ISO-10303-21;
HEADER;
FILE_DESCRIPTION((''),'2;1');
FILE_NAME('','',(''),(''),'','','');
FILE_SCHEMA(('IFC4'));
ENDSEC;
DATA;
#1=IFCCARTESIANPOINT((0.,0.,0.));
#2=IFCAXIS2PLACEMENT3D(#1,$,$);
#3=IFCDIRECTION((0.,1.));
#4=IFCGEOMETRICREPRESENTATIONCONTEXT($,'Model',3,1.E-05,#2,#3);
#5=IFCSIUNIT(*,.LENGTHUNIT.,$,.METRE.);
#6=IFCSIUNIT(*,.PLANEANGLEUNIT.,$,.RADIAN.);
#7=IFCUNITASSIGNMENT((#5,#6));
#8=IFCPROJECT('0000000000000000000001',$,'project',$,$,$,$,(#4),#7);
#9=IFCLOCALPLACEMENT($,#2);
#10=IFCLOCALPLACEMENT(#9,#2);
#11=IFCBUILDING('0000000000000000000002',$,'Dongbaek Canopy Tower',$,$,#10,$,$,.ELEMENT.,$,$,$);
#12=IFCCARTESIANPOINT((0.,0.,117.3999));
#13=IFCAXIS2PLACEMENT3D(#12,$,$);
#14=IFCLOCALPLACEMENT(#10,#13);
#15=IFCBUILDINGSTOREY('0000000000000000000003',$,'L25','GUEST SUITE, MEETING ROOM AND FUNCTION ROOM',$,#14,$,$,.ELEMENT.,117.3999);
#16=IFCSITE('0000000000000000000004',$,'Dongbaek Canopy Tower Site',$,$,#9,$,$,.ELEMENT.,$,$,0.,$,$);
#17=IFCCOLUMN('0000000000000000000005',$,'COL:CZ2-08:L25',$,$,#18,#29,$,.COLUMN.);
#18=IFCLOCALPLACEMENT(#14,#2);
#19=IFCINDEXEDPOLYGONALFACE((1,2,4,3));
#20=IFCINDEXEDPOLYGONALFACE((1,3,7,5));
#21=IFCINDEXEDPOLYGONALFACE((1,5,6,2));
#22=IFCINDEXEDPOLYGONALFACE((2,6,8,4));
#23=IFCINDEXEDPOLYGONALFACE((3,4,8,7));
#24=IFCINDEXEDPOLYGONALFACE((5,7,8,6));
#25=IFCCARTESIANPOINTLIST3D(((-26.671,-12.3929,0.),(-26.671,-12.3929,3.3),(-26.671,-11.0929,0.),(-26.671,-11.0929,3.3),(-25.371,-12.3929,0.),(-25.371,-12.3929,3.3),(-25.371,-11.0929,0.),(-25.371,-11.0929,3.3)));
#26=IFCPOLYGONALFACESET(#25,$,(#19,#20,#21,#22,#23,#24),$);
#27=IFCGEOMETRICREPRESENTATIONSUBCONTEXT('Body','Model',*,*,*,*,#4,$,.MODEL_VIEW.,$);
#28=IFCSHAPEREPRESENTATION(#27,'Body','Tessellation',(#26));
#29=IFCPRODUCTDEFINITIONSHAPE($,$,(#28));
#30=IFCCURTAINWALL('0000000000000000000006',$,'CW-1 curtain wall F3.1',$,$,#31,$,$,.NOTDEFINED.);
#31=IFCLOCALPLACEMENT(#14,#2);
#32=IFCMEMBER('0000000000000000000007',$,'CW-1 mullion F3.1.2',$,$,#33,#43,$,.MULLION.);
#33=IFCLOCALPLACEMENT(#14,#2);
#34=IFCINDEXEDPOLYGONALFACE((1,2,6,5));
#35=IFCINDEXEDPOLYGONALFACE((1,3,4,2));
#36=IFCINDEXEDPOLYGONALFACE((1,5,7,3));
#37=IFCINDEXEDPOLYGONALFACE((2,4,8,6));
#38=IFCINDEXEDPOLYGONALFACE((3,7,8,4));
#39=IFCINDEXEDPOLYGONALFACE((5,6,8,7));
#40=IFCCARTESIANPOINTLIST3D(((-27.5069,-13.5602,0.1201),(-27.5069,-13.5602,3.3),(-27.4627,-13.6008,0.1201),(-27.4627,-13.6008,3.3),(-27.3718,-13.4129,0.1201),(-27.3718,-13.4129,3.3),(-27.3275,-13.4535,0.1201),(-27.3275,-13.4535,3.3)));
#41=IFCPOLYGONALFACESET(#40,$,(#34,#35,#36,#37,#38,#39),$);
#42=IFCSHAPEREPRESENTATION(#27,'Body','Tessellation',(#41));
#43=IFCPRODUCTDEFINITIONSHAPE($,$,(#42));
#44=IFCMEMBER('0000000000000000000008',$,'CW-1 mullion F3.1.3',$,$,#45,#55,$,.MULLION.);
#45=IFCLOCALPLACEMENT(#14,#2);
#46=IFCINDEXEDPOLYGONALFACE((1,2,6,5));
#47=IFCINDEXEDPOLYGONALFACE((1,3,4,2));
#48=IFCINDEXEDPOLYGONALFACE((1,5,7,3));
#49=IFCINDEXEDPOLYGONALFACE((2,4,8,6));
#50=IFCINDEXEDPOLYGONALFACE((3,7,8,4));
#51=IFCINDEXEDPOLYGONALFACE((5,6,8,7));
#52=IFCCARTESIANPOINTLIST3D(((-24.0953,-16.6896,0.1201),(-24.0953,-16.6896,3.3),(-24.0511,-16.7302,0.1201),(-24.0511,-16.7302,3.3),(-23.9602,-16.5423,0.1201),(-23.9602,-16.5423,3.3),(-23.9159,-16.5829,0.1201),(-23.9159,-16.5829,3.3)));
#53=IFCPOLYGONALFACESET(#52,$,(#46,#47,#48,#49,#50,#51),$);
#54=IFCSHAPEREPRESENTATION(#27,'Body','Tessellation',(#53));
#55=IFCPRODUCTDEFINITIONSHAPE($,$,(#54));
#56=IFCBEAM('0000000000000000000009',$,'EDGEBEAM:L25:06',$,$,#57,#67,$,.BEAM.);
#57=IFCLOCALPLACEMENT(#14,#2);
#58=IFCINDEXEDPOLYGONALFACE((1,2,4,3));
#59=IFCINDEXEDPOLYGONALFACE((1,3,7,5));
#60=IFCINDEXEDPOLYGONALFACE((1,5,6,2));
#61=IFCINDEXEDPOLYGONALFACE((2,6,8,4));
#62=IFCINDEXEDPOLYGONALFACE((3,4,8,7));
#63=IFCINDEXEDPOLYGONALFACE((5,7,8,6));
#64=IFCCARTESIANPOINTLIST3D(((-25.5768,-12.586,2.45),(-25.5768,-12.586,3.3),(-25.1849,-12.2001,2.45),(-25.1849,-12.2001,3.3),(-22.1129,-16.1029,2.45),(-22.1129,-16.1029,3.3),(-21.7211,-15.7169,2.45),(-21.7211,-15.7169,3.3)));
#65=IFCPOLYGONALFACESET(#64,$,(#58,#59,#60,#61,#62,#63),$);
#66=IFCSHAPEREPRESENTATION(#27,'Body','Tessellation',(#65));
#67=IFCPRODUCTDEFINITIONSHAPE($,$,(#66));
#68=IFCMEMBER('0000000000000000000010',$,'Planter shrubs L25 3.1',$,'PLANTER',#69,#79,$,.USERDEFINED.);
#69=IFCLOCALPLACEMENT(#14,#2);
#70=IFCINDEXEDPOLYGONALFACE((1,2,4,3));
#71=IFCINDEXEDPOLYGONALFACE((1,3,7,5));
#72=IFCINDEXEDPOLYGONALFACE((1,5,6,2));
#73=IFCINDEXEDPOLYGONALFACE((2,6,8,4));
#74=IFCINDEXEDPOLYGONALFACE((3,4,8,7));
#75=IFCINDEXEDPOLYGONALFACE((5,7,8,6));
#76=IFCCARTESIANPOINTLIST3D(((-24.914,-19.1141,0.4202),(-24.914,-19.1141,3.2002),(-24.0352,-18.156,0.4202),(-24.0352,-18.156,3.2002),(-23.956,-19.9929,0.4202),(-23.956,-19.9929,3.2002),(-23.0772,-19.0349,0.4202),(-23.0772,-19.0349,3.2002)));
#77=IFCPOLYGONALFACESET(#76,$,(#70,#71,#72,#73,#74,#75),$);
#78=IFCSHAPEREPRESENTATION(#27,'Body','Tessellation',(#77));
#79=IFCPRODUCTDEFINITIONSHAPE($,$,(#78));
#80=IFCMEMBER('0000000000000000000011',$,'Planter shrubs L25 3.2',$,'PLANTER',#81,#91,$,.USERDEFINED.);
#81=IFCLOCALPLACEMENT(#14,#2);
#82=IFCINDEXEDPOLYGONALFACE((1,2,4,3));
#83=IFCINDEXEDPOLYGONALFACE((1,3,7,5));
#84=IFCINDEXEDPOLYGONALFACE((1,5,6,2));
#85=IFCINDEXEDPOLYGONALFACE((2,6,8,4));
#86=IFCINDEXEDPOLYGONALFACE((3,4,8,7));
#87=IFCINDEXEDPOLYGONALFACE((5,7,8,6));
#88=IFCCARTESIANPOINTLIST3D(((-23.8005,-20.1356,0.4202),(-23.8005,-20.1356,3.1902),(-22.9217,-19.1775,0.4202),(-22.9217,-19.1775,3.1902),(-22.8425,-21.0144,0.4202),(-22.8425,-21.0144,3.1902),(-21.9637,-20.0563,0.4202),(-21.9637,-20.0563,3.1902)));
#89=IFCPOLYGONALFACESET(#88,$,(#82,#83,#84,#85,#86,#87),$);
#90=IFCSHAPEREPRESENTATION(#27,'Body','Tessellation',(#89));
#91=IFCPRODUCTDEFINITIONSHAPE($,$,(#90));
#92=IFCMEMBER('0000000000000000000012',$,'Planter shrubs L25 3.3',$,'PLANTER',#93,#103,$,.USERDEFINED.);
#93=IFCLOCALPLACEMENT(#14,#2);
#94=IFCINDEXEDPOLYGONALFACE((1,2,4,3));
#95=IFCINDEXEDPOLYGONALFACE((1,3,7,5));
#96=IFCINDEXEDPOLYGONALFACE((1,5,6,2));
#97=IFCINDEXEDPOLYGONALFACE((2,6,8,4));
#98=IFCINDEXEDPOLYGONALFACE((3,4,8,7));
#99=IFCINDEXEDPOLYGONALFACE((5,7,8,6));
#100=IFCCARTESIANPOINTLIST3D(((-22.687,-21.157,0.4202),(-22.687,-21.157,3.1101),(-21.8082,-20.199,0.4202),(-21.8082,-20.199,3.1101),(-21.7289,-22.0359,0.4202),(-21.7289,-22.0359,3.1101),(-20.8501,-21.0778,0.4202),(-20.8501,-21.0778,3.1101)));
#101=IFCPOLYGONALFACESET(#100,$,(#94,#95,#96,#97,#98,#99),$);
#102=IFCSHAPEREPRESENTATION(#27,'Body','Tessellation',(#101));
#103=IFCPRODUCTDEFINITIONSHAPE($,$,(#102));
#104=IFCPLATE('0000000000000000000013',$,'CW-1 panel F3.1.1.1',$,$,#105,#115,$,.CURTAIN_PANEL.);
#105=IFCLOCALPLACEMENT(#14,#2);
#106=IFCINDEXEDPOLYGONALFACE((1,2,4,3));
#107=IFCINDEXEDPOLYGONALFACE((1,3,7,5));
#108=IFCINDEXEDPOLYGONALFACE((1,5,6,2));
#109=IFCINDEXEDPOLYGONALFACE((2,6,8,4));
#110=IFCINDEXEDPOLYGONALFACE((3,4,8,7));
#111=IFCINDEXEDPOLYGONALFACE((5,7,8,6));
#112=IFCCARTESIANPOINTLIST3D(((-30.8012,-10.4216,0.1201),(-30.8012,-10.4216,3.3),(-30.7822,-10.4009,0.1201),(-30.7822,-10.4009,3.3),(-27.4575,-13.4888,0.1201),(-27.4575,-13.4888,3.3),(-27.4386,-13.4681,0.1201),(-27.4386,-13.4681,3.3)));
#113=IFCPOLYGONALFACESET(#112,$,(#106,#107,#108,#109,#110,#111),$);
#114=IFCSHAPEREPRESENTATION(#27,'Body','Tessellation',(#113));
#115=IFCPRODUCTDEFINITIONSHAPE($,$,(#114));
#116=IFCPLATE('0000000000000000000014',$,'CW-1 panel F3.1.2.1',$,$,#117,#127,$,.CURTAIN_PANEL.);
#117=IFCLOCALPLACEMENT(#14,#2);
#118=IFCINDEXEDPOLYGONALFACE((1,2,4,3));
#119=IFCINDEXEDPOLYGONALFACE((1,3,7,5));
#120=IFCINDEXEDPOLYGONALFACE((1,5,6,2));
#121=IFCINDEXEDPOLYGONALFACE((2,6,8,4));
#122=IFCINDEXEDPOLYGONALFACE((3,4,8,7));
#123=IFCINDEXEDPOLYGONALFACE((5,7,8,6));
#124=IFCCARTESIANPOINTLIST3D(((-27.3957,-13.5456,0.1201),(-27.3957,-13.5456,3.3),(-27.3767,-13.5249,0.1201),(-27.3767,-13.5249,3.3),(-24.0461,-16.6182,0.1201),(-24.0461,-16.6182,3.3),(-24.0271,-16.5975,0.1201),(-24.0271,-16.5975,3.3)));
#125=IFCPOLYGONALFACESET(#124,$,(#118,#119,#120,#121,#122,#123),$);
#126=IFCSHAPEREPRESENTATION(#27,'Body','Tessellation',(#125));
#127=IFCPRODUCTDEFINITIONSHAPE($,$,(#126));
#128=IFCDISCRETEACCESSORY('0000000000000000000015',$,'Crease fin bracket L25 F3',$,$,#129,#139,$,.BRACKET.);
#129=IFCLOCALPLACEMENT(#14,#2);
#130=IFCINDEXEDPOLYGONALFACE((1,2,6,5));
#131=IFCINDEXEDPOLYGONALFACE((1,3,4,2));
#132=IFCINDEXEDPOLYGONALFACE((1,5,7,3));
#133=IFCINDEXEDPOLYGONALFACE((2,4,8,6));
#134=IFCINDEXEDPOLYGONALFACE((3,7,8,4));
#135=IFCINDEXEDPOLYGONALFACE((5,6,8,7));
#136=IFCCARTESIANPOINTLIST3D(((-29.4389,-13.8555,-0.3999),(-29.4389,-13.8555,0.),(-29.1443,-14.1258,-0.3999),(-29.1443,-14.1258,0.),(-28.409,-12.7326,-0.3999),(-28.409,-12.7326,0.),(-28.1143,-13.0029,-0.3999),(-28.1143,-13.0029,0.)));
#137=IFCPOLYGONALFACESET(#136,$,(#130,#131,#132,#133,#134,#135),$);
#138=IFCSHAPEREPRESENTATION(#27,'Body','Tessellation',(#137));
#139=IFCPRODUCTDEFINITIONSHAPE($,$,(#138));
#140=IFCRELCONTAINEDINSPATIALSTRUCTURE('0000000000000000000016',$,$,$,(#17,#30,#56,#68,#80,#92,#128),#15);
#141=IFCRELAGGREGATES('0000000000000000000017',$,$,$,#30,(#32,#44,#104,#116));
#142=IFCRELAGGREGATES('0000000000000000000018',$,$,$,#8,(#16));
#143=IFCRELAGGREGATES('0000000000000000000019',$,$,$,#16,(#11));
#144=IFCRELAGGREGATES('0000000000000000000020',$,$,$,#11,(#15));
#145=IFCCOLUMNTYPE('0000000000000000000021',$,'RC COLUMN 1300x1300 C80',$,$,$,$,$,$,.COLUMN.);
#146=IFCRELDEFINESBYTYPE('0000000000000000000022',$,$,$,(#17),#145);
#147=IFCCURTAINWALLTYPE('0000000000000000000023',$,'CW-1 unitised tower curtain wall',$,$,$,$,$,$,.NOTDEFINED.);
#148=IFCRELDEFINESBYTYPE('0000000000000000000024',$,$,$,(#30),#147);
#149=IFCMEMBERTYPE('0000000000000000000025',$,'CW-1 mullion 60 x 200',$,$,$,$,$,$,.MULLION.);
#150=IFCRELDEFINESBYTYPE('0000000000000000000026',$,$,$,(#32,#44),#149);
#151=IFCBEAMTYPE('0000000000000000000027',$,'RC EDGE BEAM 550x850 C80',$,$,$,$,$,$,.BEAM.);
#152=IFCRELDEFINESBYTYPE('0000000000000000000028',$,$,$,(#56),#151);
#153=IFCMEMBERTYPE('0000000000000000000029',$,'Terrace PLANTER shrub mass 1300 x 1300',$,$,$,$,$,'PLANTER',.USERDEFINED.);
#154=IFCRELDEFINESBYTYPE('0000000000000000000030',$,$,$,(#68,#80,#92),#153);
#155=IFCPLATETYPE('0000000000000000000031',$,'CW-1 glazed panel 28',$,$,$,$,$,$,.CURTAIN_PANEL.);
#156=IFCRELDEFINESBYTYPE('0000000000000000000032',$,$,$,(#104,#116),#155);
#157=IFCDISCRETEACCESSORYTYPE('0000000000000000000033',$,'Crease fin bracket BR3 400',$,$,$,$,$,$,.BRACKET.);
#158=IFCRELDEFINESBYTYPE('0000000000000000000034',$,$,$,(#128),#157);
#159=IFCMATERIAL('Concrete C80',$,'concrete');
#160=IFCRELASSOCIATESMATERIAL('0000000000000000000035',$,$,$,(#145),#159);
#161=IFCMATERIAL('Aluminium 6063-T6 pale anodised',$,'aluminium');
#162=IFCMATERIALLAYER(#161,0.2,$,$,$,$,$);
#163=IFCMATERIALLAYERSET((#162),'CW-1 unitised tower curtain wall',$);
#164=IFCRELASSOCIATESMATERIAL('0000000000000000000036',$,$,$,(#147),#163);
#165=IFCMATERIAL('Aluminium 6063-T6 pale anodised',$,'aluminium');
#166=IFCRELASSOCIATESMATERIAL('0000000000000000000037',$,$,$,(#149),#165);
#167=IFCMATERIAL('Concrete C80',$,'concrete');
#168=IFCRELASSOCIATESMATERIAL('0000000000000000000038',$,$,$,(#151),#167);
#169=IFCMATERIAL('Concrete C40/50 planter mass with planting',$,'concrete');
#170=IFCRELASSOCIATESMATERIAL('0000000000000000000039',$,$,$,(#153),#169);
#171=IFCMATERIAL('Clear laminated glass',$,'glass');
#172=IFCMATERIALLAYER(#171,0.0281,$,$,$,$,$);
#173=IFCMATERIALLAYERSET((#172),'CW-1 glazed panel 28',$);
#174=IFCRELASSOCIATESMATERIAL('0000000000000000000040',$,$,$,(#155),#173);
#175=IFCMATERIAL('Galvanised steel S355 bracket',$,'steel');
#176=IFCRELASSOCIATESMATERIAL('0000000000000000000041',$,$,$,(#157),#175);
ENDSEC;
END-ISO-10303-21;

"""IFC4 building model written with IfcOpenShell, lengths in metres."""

from ifc_helpers import new_model, si_unit, direction, frame, origin, origin_2d, place, context, subcontext, project, spatial, rectangle, extrude, material, layer, layer_set, material_profile, profile_set, type_object, element, aggregate, save


model = new_model("IFC4")

# Units and contexts
model_context = context("Model", 3, precision=1e-05, world=origin(), true_north=direction((0.0, 1.0)))
body_context = subcontext(model_context, "Body", "Model", "MODEL_VIEW")
ifc_project = project(units=[si_unit("LENGTHUNIT", "METRE"), si_unit("PLANEANGLEUNIT", "RADIAN")], contexts=[model_context])

# Site, building, storey
site_placement = place(None, origin())
site = spatial("IfcSite", under=ifc_project, at=site_placement, Name="Dongbaek Canopy Tower Site", CompositionType="ELEMENT", RefElevation=0.0)
building_placement = place(site_placement, origin())
building = spatial("IfcBuilding", under=site, at=building_placement, Name="Dongbaek Canopy Tower", CompositionType="ELEMENT")
storey_placement = place(building_placement, frame((0.0, 0.0, 117.3999)))
storey = spatial("IfcBuildingStorey", under=building, at=storey_placement, Name="L25", Description="GUEST SUITE, MEETING ROOM AND FUNCTION ROOM", CompositionType="ELEMENT", Elevation=117.3999)

# Column
ifc_material_1 = material(Name="Concrete C80", Category="concrete")
ifc_material_profile_1 = material_profile(ifc_material_1, rectangle(XDim=1.3, YDim=1.3, at=origin_2d()), Name="RC COLUMN 1300x1300 C80")
ifc_profile_set_1 = profile_set([ifc_material_profile_1], Name="Concrete C80")
column_type = type_object("IfcColumnType", Name="RC COLUMN 1300x1300 C80", PredefinedType="COLUMN", material=ifc_profile_set_1)
column_placement = place(storey_placement, frame((-26.021, -11.7429, 0.0), z_axis=(0.0, 0.0, 1.0), x_axis=(1.0, 0.0, 0.0)))
element("IfcColumn", 1, at=column_placement, inside=storey, type_object=column_type, Name="COL:CZ2-08:L25", PredefinedType="COLUMN", context=body_context, shape_type="SweptSolid", body=[
    extrude(rectangle(XDim=1.3, YDim=1.3, at=origin_2d()), origin(), (0.0, 0.0, 1.0), 3.3),
])

# Curtain wall, members
ifc_material_2 = material(Name="Aluminium 6063-T6 pale anodised", Category="aluminium")
ifc_layer_1 = layer(ifc_material_2, 0.2)
ifc_layer_set_1 = layer_set([ifc_layer_1], Name="CW-1 unitised tower curtain wall")
curtain_wall_type = type_object("IfcCurtainWallType", Name="CW-1 unitised tower curtain wall", PredefinedType="NOTDEFINED", material=ifc_layer_set_1)
curtain_wall_placement = place(storey_placement, origin())
curtain_wall = element("IfcCurtainWall", 2, at=curtain_wall_placement, inside=storey, type_object=curtain_wall_type, Name="CW-1 curtain wall F3.1", PredefinedType="NOTDEFINED")
ifc_material_3 = material(Name="Aluminium 6063-T6 pale anodised", Category="aluminium")
ifc_material_profile_2 = material_profile(ifc_material_3, rectangle(XDim=0.2, YDim=0.0601, at=origin_2d()), Name="CW-1 mullion 60 x 200")
ifc_profile_set_2 = profile_set([ifc_material_profile_2], Name="Aluminium 6063-T6 pale anodised")
member_type_1 = type_object("IfcMemberType", Name="CW-1 mullion 60 x 200", PredefinedType="MULLION", material=ifc_profile_set_2)
member_1_placement = place(storey_placement, frame((-27.4172, -13.5068, 0.1201), z_axis=(0.0, 0.0, 1.0), x_axis=(-0.67598, -0.73692, 0.0)))
member_1 = element("IfcMember", 3, at=member_1_placement, type_object=member_type_1, Name="CW-1 mullion F3.1.2", PredefinedType="MULLION", context=body_context, shape_type="SweptSolid", body=[
    extrude(rectangle(XDim=0.2, YDim=0.0601, at=origin_2d()), origin(), (0.0, 0.0, 1.0), 3.1799),
])
member_2_placement = place(storey_placement, frame((-24.0056, -16.6362, 0.1201), z_axis=(0.0, 0.0, 1.0), x_axis=(-0.67598, -0.73692, 0.0)))
member_2 = element("IfcMember", 4, at=member_2_placement, type_object=member_type_1, Name="CW-1 mullion F3.1.3", PredefinedType="MULLION", context=body_context, shape_type="SweptSolid", body=[
    extrude(rectangle(XDim=0.2, YDim=0.0601, at=origin_2d()), origin(), (0.0, 0.0, 1.0), 3.1799),
])

# Beam
ifc_material_4 = material(Name="Concrete C80", Category="concrete")
ifc_material_profile_3 = material_profile(ifc_material_4, rectangle(XDim=0.55, YDim=0.8501, at=origin_2d()), Name="RC EDGE BEAM 550x850 C80")
ifc_profile_set_3 = profile_set([ifc_material_profile_3], Name="Concrete C80")
beam_type = type_object("IfcBeamType", Name="RC EDGE BEAM 550x850 C80", PredefinedType="BEAM", material=ifc_profile_set_3)
beam_placement = place(storey_placement, frame((-21.917, -15.9099, 2.875), z_axis=(-0.70172, 0.712453, 0.0), x_axis=(-0.712453, -0.70172, 0.0)))
element("IfcBeam", 5, at=beam_placement, inside=storey, type_object=beam_type, Name="EDGEBEAM:L25:06", PredefinedType="BEAM", context=body_context, shape_type="SweptSolid", body=[
    extrude(rectangle(XDim=0.55, YDim=0.8501, at=origin_2d()), origin(), (0.0, 0.0, 1.0), 4.9363),
])

# Members
ifc_material_5 = material(Name="Concrete C40/50 planter mass with planting", Category="concrete")
ifc_material_profile_4 = material_profile(ifc_material_5, rectangle(XDim=1.3, YDim=1.3, at=origin_2d()), Name="Terrace PLANTER shrub mass 1300 x 1300")
ifc_profile_set_4 = profile_set([ifc_material_profile_4], Name="Concrete C40/50 planter mass with planting")
member_type_2 = type_object("IfcMemberType", Name="Terrace PLANTER shrub mass 1300 x 1300", ElementType="PLANTER", PredefinedType="USERDEFINED", material=ifc_profile_set_4)
member_3_placement = place(storey_placement, frame((-23.9956, -19.0745, 0.4202), z_axis=(0.0, 0.0, 1.0), x_axis=(-0.67598, -0.73692, 0.0)))
element("IfcMember", 6, at=member_3_placement, inside=storey, type_object=member_type_2, Name="Planter shrubs L25 3.1", ObjectType="PLANTER", PredefinedType="USERDEFINED", context=body_context, shape_type="SweptSolid", body=[
    extrude(rectangle(XDim=1.3, YDim=1.3, at=origin_2d()), origin(), (0.0, 0.0, 1.0), 2.78),
])
member_4_placement = place(storey_placement, frame((-22.8821, -20.0959, 0.4202), z_axis=(0.0, 0.0, 1.0), x_axis=(-0.67598, -0.73692, 0.0)))
element("IfcMember", 7, at=member_4_placement, inside=storey, type_object=member_type_2, Name="Planter shrubs L25 3.2", ObjectType="PLANTER", PredefinedType="USERDEFINED", context=body_context, shape_type="SweptSolid", body=[
    extrude(rectangle(XDim=1.3, YDim=1.3, at=origin_2d()), origin(), (0.0, 0.0, 1.0), 2.77),
])
member_5_placement = place(storey_placement, frame((-21.7686, -21.1174, 0.4202), z_axis=(0.0, 0.0, 1.0), x_axis=(-0.67598, -0.73692, 0.0)))
element("IfcMember", 8, at=member_5_placement, inside=storey, type_object=member_type_2, Name="Planter shrubs L25 3.3", ObjectType="PLANTER", PredefinedType="USERDEFINED", context=body_context, shape_type="SweptSolid", body=[
    extrude(rectangle(XDim=1.3, YDim=1.3, at=origin_2d()), origin(), (0.0, 0.0, 1.0), 2.6899),
])

# Plates
ifc_material_6 = material(Name="Clear laminated glass", Category="glass")
ifc_layer_2 = layer(ifc_material_6, 0.0281)
ifc_layer_set_2 = layer_set([ifc_layer_2], Name="CW-1 glazed panel 28")
plate_type = type_object("IfcPlateType", Name="CW-1 glazed panel 28", PredefinedType="CURTAIN_PANEL", material=ifc_layer_set_2)
plate_1_placement = place(storey_placement, frame((-29.1199, -11.9448, 0.1201), z_axis=(0.0, 0.0, 1.0), x_axis=(0.73692, -0.67598, 0.0)))
plate_1 = element("IfcPlate", 9, at=plate_1_placement, type_object=plate_type, Name="CW-1 panel F3.1.1.1", PredefinedType="CURTAIN_PANEL", context=body_context, shape_type="SweptSolid", body=[
    extrude(rectangle(XDim=4.5374, YDim=0.0281, at=origin_2d()), origin(), (0.0, 0.0, 1.0), 3.1799),
])
plate_2_placement = place(storey_placement, frame((-25.7114, -15.0715, 0.1201), z_axis=(0.0, 0.0, 1.0), x_axis=(0.73692, -0.67598, 0.0)))
plate_2 = element("IfcPlate", 10, at=plate_2_placement, type_object=plate_type, Name="CW-1 panel F3.1.2.1", PredefinedType="CURTAIN_PANEL", context=body_context, shape_type="SweptSolid", body=[
    extrude(rectangle(XDim=4.5454, YDim=0.0281, at=origin_2d()), origin(), (0.0, 0.0, 1.0), 3.1799),
])
aggregate(curtain_wall, [member_1, member_2, plate_1, plate_2])

# Discrete accessory
ifc_material_7 = material(Name="Galvanised steel S355 bracket", Category="steel")
discrete_accessory_type = type_object("IfcDiscreteAccessoryType", Name="Crease fin bracket BR3 400", PredefinedType="BRACKET", material=ifc_material_7)
discrete_accessory_placement = place(storey_placement, frame((-28.7766, -13.4292, -0.3999), z_axis=(0.0, 0.0, 1.0), x_axis=(-0.67598, -0.73692, 0.0)))
element("IfcDiscreteAccessory", 11, at=discrete_accessory_placement, inside=storey, type_object=discrete_accessory_type, Name="Crease fin bracket L25 F3", PredefinedType="BRACKET", context=body_context, shape_type="SweptSolid", body=[
    extrude(rectangle(XDim=1.5237, YDim=0.3999, at=origin_2d()), origin(), (0.0, 0.0, 1.0), 0.3999),
])

save(model, "model.ifc")
